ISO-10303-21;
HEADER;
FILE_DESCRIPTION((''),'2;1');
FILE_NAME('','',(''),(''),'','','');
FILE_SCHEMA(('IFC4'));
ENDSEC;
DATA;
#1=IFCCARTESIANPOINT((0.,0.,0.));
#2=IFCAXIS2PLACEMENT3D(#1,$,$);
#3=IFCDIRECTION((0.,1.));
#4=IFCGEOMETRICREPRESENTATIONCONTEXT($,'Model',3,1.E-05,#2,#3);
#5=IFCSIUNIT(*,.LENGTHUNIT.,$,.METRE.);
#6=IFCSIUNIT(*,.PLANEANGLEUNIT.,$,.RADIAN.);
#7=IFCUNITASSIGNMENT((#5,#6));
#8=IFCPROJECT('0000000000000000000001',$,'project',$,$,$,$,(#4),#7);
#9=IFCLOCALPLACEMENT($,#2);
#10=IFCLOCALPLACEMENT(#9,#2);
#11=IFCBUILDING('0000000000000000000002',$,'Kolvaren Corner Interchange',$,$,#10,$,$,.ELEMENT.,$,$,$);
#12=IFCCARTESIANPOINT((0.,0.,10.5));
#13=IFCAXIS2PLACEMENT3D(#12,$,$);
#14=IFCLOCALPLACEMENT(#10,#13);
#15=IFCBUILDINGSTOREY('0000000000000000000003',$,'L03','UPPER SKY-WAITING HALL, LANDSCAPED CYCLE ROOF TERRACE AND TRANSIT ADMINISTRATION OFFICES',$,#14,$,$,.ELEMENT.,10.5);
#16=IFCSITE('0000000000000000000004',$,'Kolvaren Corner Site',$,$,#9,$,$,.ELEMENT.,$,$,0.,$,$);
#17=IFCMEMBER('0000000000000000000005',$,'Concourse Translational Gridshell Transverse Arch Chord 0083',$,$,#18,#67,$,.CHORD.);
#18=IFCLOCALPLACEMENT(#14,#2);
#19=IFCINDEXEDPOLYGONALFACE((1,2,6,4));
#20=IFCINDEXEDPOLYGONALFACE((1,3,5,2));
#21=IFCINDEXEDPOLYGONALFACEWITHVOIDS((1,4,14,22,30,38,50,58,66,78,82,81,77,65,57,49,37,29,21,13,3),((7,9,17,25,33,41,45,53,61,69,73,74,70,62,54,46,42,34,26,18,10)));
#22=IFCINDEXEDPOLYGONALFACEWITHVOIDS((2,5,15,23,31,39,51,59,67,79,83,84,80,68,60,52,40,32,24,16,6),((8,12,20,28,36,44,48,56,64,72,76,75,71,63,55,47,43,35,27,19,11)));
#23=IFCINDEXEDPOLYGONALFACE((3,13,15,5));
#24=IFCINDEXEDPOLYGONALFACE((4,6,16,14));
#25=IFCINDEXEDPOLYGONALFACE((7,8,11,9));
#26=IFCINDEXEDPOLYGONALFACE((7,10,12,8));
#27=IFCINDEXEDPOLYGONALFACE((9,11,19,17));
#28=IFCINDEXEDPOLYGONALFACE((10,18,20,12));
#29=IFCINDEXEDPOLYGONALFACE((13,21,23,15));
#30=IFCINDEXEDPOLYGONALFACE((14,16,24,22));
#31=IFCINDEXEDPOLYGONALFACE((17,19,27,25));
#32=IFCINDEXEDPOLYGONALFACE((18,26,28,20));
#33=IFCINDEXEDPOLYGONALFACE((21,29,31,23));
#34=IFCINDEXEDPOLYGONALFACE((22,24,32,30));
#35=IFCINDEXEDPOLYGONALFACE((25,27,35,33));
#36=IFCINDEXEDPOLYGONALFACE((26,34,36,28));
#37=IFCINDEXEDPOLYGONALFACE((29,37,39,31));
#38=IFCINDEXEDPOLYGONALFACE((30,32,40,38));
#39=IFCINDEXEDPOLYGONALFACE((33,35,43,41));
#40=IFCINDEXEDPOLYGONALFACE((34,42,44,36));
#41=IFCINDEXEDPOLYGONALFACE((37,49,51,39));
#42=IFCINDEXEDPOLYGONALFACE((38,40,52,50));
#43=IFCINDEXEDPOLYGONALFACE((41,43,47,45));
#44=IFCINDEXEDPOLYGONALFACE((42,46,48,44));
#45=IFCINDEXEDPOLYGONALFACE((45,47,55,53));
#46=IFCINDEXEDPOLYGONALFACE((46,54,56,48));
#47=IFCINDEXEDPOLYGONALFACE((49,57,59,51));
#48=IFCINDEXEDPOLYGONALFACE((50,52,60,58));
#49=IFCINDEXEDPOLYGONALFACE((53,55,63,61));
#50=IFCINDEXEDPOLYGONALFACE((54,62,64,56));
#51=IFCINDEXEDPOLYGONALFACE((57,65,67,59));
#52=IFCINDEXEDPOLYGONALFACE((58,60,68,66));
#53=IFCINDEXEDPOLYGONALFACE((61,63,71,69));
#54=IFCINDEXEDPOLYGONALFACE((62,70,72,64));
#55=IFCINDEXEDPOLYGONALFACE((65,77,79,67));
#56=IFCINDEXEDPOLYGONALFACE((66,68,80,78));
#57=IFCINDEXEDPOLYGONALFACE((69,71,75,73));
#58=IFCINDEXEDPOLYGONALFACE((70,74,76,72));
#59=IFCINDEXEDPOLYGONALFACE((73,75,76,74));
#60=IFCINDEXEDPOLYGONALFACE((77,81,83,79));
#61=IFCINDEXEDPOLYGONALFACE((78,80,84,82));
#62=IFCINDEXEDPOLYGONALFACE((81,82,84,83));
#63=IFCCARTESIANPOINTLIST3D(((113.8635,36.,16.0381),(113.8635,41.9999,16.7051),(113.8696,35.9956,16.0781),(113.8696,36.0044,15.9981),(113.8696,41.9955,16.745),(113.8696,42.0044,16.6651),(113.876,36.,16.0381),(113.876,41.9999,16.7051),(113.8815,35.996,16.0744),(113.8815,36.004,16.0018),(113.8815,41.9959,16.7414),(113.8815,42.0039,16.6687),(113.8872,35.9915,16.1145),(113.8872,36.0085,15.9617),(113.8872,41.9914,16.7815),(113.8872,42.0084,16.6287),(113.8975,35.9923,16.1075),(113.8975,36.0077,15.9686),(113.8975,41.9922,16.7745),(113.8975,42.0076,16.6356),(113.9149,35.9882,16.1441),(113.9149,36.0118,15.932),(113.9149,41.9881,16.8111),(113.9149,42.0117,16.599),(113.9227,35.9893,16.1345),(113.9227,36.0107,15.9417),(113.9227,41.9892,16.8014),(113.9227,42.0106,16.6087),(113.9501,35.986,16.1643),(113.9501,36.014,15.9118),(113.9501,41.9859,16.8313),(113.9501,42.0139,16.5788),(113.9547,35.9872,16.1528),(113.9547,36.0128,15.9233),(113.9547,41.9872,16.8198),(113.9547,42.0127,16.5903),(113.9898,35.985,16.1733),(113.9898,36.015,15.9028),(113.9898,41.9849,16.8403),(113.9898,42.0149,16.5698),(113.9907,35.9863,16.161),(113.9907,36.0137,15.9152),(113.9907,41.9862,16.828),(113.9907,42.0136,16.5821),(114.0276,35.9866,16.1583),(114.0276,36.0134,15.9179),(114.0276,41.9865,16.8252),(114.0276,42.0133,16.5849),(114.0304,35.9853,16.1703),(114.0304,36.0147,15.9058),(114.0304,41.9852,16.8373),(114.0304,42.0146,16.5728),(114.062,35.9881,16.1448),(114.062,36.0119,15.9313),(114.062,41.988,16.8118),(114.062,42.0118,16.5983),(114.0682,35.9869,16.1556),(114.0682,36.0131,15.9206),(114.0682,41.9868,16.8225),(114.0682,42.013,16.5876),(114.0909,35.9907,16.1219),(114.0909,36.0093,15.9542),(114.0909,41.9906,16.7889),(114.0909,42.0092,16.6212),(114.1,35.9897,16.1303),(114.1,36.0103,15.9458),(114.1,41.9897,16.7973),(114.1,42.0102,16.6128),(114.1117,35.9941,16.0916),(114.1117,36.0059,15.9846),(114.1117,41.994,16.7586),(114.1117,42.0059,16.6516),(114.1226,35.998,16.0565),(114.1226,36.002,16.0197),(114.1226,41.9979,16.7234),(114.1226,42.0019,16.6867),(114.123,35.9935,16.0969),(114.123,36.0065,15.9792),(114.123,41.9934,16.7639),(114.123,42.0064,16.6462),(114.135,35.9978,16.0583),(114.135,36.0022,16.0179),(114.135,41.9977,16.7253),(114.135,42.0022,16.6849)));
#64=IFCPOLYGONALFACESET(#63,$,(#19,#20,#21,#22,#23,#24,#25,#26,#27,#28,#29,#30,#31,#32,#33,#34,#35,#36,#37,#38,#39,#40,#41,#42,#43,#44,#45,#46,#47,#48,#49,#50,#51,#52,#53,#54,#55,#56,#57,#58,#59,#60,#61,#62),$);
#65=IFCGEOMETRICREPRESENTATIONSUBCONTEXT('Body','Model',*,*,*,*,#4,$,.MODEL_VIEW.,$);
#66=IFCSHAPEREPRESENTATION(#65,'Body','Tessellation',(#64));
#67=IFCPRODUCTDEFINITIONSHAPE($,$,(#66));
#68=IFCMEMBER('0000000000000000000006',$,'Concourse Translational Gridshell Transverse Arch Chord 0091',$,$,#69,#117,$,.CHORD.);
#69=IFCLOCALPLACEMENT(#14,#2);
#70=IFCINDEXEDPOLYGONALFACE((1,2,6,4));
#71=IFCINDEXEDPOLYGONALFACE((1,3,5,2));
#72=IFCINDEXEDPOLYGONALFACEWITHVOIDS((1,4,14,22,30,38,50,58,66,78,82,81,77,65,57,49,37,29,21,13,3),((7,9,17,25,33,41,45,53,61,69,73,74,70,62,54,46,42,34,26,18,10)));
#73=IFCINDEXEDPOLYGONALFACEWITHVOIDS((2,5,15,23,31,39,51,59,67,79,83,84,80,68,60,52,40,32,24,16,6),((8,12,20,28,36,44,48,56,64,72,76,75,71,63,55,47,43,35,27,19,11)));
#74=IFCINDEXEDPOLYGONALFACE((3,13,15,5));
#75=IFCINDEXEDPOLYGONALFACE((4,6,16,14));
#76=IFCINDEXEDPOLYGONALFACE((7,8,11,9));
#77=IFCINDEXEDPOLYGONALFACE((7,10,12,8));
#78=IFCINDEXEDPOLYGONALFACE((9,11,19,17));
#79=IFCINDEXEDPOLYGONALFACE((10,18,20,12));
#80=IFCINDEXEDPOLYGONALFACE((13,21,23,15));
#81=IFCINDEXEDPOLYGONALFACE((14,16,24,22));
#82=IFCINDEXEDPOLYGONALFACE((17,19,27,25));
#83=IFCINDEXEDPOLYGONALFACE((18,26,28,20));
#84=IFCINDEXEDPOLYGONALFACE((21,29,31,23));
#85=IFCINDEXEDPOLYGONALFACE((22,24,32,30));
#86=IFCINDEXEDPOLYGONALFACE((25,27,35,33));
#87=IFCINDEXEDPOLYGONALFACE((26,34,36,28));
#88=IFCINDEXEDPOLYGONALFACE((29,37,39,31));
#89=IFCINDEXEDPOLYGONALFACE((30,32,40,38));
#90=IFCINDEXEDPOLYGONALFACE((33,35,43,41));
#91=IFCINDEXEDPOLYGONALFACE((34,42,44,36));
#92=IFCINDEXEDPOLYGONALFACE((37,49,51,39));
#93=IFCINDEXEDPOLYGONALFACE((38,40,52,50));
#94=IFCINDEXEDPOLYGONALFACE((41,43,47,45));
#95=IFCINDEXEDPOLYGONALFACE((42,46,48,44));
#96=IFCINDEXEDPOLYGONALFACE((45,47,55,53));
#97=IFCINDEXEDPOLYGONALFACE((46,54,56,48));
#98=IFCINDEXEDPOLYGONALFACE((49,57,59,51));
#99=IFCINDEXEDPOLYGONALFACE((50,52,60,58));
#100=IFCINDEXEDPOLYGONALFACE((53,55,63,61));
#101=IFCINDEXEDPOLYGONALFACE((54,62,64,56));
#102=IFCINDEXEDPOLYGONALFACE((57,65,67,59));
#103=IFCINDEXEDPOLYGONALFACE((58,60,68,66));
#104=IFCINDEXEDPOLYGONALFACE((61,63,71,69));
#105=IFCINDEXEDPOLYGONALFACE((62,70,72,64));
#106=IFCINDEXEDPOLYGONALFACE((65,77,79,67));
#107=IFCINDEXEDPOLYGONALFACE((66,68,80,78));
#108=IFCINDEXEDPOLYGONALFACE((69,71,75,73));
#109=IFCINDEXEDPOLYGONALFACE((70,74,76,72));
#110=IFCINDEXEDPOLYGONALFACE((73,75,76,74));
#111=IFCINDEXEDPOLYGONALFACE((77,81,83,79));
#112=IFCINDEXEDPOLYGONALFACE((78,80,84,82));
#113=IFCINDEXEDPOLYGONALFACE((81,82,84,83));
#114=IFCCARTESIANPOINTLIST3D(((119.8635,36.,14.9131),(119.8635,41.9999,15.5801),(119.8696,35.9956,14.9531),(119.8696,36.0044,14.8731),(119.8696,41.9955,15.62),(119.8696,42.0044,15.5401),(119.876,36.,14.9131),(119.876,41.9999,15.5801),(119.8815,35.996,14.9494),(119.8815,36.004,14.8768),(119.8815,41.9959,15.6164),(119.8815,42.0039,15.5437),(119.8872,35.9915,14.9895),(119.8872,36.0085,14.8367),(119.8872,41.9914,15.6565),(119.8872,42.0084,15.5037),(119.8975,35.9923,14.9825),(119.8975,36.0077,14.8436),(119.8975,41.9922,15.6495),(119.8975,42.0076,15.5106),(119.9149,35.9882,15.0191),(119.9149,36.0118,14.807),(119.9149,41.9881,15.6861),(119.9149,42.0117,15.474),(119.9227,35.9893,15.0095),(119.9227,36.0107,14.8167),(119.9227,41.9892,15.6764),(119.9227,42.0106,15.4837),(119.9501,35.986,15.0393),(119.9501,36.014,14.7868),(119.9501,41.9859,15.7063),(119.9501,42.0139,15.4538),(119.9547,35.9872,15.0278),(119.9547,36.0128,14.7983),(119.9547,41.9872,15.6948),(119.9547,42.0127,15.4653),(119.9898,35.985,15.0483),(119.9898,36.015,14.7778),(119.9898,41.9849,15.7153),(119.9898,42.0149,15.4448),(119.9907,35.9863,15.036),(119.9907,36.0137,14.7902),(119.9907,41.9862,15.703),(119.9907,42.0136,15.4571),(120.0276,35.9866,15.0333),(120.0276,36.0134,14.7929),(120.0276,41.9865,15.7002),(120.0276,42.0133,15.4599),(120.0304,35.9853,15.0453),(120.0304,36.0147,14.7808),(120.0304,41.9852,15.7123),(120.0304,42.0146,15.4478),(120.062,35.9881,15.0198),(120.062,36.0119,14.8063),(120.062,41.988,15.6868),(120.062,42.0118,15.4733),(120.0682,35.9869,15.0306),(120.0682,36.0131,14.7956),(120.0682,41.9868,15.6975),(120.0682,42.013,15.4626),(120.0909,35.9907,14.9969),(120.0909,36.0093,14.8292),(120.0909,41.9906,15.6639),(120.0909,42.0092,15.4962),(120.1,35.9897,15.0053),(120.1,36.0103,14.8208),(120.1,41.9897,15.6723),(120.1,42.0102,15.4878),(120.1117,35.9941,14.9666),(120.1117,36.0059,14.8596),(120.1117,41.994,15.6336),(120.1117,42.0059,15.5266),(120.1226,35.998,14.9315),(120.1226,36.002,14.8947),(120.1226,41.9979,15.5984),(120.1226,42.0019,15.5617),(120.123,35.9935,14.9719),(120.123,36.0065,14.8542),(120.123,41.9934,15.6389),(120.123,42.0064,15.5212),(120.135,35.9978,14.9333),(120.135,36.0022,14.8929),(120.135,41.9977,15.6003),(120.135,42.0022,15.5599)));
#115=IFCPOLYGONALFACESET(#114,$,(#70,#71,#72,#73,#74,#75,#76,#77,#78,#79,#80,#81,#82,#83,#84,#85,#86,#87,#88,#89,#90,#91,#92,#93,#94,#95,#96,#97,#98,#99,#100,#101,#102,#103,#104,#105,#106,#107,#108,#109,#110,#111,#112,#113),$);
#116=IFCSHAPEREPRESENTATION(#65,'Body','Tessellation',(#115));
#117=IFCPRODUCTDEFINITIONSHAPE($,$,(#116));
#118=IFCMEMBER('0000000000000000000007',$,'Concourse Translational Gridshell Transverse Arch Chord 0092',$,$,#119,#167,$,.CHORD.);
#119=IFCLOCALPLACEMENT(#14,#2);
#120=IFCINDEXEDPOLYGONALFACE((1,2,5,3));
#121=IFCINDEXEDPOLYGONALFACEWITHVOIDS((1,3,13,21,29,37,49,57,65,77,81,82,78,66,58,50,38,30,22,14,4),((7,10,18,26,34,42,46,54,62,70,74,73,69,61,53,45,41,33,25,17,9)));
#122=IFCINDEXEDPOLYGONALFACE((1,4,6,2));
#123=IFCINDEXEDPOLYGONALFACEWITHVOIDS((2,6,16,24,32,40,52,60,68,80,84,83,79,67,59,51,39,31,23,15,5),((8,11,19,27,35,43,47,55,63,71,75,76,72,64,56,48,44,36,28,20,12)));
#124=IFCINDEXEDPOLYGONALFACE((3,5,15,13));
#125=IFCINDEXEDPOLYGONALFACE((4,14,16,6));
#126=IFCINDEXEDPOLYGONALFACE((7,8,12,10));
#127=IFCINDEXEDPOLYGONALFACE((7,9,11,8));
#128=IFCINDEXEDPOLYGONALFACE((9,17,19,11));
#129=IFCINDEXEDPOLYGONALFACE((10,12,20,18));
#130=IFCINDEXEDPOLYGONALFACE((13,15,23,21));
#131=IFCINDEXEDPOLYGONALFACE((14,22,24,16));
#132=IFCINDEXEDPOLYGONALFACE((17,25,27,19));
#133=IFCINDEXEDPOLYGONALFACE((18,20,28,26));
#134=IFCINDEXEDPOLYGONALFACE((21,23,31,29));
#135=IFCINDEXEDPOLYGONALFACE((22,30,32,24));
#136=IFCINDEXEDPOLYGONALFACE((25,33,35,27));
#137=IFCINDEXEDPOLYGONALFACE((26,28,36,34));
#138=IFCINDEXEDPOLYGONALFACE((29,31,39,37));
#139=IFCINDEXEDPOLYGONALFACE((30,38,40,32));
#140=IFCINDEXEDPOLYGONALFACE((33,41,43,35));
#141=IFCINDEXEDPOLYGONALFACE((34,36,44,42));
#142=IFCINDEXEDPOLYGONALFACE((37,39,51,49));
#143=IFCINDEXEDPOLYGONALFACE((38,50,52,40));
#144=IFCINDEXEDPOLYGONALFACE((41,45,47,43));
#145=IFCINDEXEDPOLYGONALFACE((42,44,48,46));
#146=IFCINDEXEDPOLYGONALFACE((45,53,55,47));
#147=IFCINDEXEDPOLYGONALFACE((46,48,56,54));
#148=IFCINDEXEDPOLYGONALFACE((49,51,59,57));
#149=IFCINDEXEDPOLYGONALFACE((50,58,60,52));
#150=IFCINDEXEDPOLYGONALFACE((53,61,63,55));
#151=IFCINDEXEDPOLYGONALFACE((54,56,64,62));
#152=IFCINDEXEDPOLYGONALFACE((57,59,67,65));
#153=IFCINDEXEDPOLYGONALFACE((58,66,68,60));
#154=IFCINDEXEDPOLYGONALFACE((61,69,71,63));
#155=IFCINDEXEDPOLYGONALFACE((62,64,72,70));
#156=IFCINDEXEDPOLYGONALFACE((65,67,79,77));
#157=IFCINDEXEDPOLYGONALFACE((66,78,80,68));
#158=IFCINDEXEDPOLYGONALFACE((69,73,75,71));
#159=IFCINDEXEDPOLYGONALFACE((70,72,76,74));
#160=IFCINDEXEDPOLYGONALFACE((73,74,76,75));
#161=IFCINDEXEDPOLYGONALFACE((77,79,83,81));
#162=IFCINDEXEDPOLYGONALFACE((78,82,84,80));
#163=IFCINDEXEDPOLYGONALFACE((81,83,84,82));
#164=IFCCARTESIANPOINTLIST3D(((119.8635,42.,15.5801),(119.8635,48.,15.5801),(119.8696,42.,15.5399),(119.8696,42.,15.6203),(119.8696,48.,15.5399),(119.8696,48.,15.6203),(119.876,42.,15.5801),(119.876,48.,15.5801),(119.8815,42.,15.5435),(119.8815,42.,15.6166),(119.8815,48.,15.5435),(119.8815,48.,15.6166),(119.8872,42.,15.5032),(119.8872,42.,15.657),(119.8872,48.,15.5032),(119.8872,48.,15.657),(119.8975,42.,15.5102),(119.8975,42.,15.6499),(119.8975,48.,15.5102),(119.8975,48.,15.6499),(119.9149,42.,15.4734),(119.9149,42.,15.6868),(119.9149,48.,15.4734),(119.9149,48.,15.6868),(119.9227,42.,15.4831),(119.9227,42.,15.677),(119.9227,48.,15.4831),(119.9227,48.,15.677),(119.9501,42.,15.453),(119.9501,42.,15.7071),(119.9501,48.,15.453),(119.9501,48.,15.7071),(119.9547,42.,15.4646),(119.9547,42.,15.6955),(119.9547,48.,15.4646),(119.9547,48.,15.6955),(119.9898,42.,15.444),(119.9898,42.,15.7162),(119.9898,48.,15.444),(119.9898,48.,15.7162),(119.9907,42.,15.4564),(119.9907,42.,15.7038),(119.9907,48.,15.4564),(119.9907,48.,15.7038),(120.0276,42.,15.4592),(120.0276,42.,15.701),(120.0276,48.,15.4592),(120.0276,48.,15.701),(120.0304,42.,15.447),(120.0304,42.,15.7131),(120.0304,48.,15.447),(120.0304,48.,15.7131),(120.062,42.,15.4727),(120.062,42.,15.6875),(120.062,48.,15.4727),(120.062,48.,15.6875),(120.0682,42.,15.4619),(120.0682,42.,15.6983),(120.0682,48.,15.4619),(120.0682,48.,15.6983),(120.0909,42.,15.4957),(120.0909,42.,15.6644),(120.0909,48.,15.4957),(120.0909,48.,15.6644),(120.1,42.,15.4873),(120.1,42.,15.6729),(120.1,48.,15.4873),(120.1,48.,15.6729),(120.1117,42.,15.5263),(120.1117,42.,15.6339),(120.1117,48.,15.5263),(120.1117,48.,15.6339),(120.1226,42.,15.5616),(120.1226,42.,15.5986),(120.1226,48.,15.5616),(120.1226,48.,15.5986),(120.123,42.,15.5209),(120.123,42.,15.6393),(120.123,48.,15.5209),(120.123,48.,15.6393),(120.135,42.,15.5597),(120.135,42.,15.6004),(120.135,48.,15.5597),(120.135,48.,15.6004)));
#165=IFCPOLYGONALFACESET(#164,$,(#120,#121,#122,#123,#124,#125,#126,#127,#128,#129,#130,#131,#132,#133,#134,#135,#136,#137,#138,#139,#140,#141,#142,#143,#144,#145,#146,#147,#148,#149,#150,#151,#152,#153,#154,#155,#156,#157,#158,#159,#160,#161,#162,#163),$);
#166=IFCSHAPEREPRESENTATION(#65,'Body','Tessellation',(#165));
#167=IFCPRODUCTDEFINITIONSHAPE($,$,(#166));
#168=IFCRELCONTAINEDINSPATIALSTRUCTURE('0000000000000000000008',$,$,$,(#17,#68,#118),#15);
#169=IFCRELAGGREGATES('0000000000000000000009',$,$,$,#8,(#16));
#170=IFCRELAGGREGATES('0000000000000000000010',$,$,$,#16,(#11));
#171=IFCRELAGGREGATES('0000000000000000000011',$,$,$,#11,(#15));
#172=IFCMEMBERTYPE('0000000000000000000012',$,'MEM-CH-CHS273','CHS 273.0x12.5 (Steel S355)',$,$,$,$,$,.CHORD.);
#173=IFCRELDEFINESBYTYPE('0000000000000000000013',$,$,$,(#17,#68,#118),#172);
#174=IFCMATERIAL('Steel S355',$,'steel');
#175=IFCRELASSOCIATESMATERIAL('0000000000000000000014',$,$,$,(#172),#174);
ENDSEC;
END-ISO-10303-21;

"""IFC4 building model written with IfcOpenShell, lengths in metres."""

from ifc_helpers import new_model, si_unit, direction, frame, origin, origin_2d, place, context, subcontext, project, spatial, hollow_circle, extrude, material, material_profile, profile_set, type_object, element, save


model = new_model("IFC4")

# Units and contexts
model_context = context("Model", 3, precision=1e-05, world=origin(), true_north=direction((0.0, 1.0)))
body_context = subcontext(model_context, "Body", "Model", "MODEL_VIEW")
ifc_project = project(units=[si_unit("LENGTHUNIT", "METRE"), si_unit("PLANEANGLEUNIT", "RADIAN")], contexts=[model_context])

# Site, building, storey
site_placement = place(None, origin())
site = spatial("IfcSite", under=ifc_project, at=site_placement, Name="Kolvaren Corner Site", CompositionType="ELEMENT", RefElevation=0.0)
building_placement = place(site_placement, origin())
building = spatial("IfcBuilding", under=site, at=building_placement, Name="Kolvaren Corner Interchange", CompositionType="ELEMENT")
storey_placement = place(building_placement, frame((0.0, 0.0, 10.5)))
storey = spatial("IfcBuildingStorey", under=building, at=storey_placement, Name="L03", Description="UPPER SKY-WAITING HALL, LANDSCAPED CYCLE ROOF TERRACE AND TRANSIT ADMINISTRATION OFFICES", CompositionType="ELEMENT", Elevation=10.5)

# Members
ifc_material_1 = material(Name="Steel S355", Category="steel")
ifc_material_profile_1 = material_profile(ifc_material_1, hollow_circle(Radius=0.1365, WallThickness=0.0125, at=origin_2d()), Name="CHS 273.0x12.5")
ifc_profile_set_1 = profile_set([ifc_material_profile_1], Name="Steel S355")
member_type_1 = type_object("IfcMemberType", Name="MEM-CH-CHS273", Description="CHS 273.0x12.5 (Steel S355)", PredefinedType="CHORD", material=ifc_profile_set_1)
for number, where, z_axis, x_axis, name in (
    (1, (114.0, 36.0, 16.0381), (0.0, 0.993878, 0.110485), (-1.0, 0.0, 0.0), "Concourse Translational Gridshell Transverse Arch Chord 0083"),
    (2, (120.0, 36.0, 14.9131), (0.0, 0.993878, 0.110485), (-1.0, 0.0, 0.0), "Concourse Translational Gridshell Transverse Arch Chord 0091"),
):
    element("IfcMember", number, at=place(storey_placement, frame(where, z_axis=z_axis, x_axis=x_axis)), inside=storey, type_object=member_type_1, Name=name, PredefinedType="CHORD", context=body_context, shape_type="SweptSolid", body=[
        extrude(hollow_circle(Radius=0.1365, WallThickness=0.0125, at=origin_2d()), origin(), (0.0, 0.0, 1.0), 6.0369),
    ])
for number, where, z_axis, x_axis, name in (
    (3, (120.0, 42.0, 15.5801), (0.0, 1.0, 0.0), (-1.0, 0.0, 0.0), "Concourse Translational Gridshell Transverse Arch Chord 0092"),
):
    element("IfcMember", number, at=place(storey_placement, frame(where, z_axis=z_axis, x_axis=x_axis)), inside=storey, type_object=member_type_1, Name=name, PredefinedType="CHORD", context=body_context, shape_type="SweptSolid", body=[
        extrude(hollow_circle(Radius=0.1365, WallThickness=0.0125, at=origin_2d()), origin(), (0.0, 0.0, 1.0), 6.0),
    ])

save(model, "model.ifc")
